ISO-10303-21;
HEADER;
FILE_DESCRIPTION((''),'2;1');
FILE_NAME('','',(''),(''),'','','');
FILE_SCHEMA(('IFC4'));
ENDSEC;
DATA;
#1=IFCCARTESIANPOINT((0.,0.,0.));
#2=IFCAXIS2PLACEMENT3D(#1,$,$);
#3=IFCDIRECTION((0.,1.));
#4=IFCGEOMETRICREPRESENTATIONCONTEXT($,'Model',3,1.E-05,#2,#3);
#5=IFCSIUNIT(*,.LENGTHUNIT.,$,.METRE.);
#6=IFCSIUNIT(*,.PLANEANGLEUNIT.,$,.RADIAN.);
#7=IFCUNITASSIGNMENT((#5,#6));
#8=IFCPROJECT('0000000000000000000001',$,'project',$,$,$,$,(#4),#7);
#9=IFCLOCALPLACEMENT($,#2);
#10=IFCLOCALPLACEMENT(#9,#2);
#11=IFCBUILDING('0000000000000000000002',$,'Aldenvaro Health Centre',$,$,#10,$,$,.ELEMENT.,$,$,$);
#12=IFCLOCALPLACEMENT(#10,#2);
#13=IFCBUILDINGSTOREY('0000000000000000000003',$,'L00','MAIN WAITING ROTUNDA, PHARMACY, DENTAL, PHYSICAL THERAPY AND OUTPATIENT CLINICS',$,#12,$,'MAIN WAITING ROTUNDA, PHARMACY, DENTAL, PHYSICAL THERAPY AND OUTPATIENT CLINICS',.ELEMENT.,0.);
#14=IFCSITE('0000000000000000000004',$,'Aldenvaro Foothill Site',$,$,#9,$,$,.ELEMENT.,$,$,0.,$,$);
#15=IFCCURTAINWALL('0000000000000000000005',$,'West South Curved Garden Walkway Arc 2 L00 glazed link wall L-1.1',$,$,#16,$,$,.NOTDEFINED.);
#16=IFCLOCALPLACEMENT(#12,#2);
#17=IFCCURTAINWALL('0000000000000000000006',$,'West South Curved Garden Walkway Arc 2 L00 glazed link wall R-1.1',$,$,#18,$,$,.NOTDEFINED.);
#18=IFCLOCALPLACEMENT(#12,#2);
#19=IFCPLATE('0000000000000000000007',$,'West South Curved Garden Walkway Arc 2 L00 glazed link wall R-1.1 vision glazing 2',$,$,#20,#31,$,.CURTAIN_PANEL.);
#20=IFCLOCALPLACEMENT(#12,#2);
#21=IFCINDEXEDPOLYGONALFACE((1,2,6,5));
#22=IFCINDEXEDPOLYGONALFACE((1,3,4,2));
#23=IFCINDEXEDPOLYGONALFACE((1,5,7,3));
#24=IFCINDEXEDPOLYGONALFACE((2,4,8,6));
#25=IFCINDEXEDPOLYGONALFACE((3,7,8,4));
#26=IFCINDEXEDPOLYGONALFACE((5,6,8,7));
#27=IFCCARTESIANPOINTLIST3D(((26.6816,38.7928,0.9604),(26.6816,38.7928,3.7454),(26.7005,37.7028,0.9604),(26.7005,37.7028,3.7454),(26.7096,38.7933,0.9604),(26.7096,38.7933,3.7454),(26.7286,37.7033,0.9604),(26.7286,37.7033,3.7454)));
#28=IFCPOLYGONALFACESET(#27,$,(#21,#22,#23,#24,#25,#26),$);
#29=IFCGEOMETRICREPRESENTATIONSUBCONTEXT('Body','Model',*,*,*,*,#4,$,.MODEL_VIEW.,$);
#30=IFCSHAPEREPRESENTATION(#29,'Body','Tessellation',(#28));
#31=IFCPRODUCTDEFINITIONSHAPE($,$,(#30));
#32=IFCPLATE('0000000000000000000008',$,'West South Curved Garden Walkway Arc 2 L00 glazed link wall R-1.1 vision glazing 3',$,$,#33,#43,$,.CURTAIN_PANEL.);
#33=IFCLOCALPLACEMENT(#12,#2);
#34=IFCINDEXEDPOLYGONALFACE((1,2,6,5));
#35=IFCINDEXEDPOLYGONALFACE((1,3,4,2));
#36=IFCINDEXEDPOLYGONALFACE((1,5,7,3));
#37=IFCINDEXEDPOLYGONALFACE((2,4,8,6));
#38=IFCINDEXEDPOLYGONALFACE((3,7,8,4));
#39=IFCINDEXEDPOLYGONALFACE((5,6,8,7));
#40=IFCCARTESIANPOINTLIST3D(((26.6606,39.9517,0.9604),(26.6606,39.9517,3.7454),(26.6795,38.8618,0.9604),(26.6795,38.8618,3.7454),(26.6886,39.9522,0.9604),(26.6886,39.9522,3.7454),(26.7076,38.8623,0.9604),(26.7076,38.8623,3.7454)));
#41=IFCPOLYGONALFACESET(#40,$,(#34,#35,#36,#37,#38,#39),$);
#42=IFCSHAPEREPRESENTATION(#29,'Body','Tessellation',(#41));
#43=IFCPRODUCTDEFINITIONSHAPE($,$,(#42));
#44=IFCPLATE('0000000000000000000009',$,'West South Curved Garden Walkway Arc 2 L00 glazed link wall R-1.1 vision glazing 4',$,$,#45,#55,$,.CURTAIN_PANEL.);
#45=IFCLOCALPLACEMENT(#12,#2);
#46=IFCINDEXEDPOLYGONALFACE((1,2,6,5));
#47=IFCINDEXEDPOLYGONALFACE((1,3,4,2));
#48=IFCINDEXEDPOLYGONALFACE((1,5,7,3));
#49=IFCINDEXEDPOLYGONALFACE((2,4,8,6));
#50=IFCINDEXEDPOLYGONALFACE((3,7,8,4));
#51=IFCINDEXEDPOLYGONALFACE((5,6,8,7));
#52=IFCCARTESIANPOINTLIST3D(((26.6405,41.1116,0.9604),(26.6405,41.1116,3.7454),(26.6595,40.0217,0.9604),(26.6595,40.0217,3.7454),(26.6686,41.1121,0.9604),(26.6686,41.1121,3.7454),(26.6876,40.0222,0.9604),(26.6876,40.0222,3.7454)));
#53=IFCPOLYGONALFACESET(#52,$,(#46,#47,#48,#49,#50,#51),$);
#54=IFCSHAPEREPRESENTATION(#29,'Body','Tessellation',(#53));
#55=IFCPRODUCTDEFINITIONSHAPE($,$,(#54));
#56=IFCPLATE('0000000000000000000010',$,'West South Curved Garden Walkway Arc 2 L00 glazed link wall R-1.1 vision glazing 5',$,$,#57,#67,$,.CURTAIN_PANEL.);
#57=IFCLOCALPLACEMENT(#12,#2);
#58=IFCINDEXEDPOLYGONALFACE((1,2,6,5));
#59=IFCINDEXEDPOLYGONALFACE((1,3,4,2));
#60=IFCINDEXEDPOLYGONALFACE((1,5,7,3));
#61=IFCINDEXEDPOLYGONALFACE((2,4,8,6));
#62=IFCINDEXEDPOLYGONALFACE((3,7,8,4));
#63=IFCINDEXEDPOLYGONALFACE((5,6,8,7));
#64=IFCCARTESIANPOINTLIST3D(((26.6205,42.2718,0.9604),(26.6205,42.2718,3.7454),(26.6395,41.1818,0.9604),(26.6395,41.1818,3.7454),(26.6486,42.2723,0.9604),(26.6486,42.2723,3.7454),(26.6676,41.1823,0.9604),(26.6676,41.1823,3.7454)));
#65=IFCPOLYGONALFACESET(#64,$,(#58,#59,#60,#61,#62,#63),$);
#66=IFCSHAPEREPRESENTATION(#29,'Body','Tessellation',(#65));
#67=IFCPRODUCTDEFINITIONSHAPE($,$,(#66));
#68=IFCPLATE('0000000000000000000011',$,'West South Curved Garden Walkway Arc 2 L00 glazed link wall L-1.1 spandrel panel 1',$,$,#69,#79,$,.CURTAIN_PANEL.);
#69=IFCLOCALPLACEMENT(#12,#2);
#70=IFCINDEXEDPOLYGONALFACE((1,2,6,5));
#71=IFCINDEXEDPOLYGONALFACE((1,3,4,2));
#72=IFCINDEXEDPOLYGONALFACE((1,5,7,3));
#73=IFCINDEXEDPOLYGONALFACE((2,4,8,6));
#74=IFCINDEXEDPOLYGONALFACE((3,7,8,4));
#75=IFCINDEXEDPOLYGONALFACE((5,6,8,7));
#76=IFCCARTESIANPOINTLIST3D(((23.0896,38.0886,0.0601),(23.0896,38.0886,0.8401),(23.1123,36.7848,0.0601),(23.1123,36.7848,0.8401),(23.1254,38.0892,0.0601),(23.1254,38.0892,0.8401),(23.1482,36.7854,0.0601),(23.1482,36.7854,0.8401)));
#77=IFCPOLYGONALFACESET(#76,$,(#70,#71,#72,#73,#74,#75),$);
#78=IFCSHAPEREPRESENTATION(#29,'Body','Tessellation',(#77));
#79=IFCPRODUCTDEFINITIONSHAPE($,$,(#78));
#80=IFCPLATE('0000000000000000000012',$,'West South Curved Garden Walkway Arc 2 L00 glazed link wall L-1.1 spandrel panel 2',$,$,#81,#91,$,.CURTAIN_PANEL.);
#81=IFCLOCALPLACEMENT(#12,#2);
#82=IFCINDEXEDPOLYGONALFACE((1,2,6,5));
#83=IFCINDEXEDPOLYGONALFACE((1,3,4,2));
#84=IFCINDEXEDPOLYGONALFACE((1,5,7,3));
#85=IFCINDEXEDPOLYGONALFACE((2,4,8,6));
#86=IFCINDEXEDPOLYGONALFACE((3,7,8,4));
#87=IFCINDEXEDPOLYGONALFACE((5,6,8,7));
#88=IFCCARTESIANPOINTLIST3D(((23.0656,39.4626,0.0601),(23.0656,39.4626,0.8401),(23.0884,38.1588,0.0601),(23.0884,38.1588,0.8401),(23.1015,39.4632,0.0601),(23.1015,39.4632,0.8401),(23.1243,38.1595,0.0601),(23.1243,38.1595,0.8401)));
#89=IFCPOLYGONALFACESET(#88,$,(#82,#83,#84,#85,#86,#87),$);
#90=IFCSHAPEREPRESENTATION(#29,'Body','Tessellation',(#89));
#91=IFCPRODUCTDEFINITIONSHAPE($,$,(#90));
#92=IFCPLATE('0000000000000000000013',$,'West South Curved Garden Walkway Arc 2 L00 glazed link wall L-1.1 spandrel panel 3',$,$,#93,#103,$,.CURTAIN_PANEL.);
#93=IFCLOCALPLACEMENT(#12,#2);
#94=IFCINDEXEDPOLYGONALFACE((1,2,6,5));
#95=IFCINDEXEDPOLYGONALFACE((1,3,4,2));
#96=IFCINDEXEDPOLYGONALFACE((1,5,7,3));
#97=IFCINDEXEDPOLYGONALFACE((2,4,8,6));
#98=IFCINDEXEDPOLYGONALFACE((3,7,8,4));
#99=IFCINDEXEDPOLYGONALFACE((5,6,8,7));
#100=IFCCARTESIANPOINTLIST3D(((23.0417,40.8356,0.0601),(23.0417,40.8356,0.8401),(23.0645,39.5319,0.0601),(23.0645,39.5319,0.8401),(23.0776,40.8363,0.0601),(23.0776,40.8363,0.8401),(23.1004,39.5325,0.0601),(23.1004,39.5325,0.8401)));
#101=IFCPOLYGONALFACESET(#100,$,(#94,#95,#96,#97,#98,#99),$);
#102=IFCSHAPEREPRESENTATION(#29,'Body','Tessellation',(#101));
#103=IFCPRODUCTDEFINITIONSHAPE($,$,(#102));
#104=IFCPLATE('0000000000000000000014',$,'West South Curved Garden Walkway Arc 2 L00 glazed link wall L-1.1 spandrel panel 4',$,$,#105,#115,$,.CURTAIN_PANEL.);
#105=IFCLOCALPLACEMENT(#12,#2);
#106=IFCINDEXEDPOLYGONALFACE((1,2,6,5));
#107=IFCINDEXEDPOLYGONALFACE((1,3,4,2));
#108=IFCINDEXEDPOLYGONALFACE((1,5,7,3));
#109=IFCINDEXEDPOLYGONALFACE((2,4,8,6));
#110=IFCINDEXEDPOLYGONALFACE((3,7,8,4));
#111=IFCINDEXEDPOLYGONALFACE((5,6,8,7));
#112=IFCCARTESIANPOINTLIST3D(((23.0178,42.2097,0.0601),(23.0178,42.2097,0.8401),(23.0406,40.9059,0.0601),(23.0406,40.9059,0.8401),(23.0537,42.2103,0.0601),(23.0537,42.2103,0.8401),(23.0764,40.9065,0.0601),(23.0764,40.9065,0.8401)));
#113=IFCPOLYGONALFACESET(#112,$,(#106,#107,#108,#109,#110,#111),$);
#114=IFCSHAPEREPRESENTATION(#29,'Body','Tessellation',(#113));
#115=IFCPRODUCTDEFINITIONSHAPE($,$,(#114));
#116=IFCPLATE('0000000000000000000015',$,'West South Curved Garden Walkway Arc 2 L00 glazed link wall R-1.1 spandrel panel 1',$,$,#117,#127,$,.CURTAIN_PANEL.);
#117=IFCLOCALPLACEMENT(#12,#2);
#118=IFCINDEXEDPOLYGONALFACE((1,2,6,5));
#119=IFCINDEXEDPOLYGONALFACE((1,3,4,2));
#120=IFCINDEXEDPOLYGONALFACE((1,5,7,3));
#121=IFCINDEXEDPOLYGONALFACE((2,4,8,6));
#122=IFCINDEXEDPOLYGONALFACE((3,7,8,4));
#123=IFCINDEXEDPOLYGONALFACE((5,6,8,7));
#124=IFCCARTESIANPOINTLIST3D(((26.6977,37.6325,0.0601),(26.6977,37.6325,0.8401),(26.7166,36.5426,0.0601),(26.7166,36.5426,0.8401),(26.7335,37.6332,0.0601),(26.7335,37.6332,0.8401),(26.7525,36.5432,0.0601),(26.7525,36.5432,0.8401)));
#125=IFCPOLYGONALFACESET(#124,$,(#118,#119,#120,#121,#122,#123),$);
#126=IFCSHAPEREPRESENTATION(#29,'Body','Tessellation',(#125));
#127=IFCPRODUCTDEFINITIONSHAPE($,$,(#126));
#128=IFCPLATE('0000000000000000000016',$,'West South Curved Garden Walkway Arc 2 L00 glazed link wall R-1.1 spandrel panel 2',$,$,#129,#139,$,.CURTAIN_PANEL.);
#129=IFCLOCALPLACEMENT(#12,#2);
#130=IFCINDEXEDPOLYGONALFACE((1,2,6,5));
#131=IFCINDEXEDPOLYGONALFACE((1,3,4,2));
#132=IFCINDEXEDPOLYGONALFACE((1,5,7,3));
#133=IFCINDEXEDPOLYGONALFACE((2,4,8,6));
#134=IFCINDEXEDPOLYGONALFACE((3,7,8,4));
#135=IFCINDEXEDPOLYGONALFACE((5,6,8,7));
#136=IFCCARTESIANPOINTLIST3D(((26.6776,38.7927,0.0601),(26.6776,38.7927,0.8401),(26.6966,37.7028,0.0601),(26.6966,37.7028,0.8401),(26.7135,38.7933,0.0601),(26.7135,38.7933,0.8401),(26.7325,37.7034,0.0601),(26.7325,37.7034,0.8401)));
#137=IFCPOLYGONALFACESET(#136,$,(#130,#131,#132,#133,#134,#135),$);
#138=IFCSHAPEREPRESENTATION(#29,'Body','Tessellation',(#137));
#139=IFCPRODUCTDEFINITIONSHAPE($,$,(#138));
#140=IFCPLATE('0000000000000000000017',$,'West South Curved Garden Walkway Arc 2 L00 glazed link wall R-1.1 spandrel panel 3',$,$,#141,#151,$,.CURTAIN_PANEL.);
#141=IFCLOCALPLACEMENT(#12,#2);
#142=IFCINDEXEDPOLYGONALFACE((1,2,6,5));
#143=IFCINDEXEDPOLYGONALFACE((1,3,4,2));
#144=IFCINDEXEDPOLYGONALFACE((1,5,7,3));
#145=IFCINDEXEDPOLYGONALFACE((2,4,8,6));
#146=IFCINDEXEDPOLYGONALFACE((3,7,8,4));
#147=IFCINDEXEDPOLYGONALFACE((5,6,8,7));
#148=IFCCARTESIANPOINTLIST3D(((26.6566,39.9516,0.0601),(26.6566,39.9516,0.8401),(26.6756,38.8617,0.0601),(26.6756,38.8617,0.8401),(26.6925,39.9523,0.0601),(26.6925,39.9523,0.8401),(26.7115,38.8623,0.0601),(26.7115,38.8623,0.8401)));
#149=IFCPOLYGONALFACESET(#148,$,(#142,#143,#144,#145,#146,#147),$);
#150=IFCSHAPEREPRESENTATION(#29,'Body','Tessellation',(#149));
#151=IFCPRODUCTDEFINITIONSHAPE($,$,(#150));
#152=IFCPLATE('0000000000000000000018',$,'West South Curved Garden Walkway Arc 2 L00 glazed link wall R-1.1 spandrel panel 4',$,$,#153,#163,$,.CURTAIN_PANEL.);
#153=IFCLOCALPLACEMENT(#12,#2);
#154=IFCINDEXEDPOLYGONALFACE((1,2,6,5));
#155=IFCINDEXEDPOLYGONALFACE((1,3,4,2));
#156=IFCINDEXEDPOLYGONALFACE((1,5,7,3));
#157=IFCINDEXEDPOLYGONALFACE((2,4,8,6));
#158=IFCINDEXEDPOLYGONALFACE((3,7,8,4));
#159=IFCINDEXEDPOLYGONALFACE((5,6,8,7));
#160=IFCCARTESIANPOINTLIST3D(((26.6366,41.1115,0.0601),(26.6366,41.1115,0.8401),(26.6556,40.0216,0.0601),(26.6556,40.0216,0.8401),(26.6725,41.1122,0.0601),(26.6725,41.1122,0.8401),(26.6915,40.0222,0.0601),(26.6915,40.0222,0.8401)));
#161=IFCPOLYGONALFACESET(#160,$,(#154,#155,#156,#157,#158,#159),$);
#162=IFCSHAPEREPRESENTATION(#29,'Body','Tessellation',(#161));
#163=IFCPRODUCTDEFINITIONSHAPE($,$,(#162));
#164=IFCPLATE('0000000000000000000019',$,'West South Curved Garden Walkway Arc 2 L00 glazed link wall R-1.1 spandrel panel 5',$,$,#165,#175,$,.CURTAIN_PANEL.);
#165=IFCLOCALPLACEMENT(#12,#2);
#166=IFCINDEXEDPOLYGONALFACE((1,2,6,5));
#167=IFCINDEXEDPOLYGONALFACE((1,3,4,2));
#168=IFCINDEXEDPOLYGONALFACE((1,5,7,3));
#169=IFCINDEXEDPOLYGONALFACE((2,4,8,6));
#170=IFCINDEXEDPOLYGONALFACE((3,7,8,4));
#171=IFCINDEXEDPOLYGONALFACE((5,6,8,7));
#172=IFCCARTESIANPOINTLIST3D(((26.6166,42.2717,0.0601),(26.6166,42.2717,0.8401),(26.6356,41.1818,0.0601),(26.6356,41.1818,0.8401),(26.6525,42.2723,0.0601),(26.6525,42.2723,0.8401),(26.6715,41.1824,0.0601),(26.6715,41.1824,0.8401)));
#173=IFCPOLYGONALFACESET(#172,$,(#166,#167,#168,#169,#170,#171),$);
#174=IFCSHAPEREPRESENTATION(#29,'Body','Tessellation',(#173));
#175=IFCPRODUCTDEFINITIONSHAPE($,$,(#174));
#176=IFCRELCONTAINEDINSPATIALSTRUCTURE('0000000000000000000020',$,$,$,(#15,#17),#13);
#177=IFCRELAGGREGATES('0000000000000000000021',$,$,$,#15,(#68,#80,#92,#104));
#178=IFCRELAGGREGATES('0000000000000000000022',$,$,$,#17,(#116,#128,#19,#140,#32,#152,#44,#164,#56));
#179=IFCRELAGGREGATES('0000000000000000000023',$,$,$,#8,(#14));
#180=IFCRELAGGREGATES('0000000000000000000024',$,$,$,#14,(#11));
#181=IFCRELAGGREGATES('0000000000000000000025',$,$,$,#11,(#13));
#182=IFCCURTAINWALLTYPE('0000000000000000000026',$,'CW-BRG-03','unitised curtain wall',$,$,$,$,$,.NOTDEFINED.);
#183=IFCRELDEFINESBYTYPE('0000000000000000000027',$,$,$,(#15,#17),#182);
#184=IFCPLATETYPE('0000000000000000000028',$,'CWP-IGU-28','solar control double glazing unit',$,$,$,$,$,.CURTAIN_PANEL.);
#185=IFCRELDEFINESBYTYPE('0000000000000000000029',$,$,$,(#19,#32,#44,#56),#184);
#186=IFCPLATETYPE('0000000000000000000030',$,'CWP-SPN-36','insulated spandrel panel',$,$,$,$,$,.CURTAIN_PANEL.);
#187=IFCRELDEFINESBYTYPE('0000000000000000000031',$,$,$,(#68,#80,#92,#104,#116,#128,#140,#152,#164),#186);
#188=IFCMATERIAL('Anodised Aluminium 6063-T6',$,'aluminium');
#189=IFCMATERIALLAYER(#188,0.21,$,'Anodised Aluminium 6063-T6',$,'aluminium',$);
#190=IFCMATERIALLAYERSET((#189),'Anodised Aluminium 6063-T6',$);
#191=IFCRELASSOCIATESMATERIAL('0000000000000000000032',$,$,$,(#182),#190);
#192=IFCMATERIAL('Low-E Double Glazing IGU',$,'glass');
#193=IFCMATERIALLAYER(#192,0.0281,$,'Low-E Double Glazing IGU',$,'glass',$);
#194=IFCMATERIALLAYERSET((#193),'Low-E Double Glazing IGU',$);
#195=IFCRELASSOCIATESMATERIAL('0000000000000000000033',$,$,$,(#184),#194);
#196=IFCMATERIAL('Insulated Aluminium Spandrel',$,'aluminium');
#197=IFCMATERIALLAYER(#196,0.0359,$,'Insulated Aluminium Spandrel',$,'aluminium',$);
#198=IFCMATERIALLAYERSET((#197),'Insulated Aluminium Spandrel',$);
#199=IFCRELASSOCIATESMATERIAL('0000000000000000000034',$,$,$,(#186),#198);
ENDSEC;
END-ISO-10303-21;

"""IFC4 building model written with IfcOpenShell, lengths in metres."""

from ifc_helpers import new_model, si_unit, direction, frame, origin, origin_2d, place, context, subcontext, project, spatial, rectangle, extrude, material, layer, layer_set, type_object, element, aggregate, save


model = new_model("IFC4")

# Units and contexts
model_context = context("Model", 3, precision=1e-05, world=origin(), true_north=direction((0.0, 1.0)))
body_context = subcontext(model_context, "Body", "Model", "MODEL_VIEW")
ifc_project = project(units=[si_unit("LENGTHUNIT", "METRE"), si_unit("PLANEANGLEUNIT", "RADIAN")], contexts=[model_context])

# Site, building, storey
site_placement = place(None, origin())
site = spatial("IfcSite", under=ifc_project, at=site_placement, Name="Aldenvaro Foothill Site", CompositionType="ELEMENT", RefElevation=0.0)
building_placement = place(site_placement, origin())
building = spatial("IfcBuilding", under=site, at=building_placement, Name="Aldenvaro Health Centre", CompositionType="ELEMENT")
storey_placement = place(building_placement, origin())
storey = spatial("IfcBuildingStorey", under=building, at=storey_placement, Name="L00", Description="MAIN WAITING ROTUNDA, PHARMACY, DENTAL, PHYSICAL THERAPY AND OUTPATIENT CLINICS", LongName="MAIN WAITING ROTUNDA, PHARMACY, DENTAL, PHYSICAL THERAPY AND OUTPATIENT CLINICS", CompositionType="ELEMENT", Elevation=0.0)

# Curtain walls
ifc_material_1 = material(Name="Anodised Aluminium 6063-T6", Category="aluminium")
ifc_layer_1 = layer(ifc_material_1, 0.21, Name="Anodised Aluminium 6063-T6", Category="aluminium")
ifc_layer_set_1 = layer_set([ifc_layer_1], Name="Anodised Aluminium 6063-T6")
curtain_wall_type = type_object("IfcCurtainWallType", Name="CW-BRG-03", Description="unitised curtain wall", PredefinedType="NOTDEFINED", material=ifc_layer_set_1)
curtain_wall_1_placement = place(storey_placement, origin())
curtain_wall_1 = element("IfcCurtainWall", 1, at=curtain_wall_1_placement, inside=storey, type_object=curtain_wall_type, Name="West South Curved Garden Walkway Arc 2 L00 glazed link wall L-1.1", PredefinedType="NOTDEFINED")
curtain_wall_2_placement = place(storey_placement, origin())
curtain_wall_2 = element("IfcCurtainWall", 2, at=curtain_wall_2_placement, inside=storey, type_object=curtain_wall_type, Name="West South Curved Garden Walkway Arc 2 L00 glazed link wall R-1.1", PredefinedType="NOTDEFINED")

# Plates
ifc_material_2 = material(Name="Low-E Double Glazing IGU", Category="glass")
ifc_layer_2 = layer(ifc_material_2, 0.0281, Name="Low-E Double Glazing IGU", Category="glass")
ifc_layer_set_2 = layer_set([ifc_layer_2], Name="Low-E Double Glazing IGU")
plate_type_1 = type_object("IfcPlateType", Name="CWP-IGU-28", Description="solar control double glazing unit", PredefinedType="CURTAIN_PANEL", material=ifc_layer_set_2)
plate_1_placement = place(storey_placement, frame((26.7051, 38.248, 0.9604), z_axis=(0.0, 0.0, 1.0), x_axis=(-0.017414, 0.999848, 0.0)))
plate_1 = element("IfcPlate", 3, at=plate_1_placement, type_object=plate_type_1, Name="West South Curved Garden Walkway Arc 2 L00 glazed link wall R-1.1 vision glazing 2", PredefinedType="CURTAIN_PANEL", context=body_context, shape_type="SweptSolid", body=[
    extrude(rectangle(XDim=1.0901, YDim=0.0281, at=origin_2d()), origin(), (0.0, 0.0, 1.0), 2.7849),
])
plate_2_placement = place(storey_placement, frame((26.6841, 39.407, 0.9604), z_axis=(0.0, 0.0, 1.0), x_axis=(-0.017414, 0.999848, 0.0)))
plate_2 = element("IfcPlate", 4, at=plate_2_placement, type_object=plate_type_1, Name="West South Curved Garden Walkway Arc 2 L00 glazed link wall R-1.1 vision glazing 3", PredefinedType="CURTAIN_PANEL", context=body_context, shape_type="SweptSolid", body=[
    extrude(rectangle(XDim=1.0901, YDim=0.0281, at=origin_2d()), origin(), (0.0, 0.0, 1.0), 2.7849),
])
plate_3_placement = place(storey_placement, frame((26.6641, 40.5669, 0.9604), z_axis=(0.0, 0.0, 1.0), x_axis=(-0.017414, 0.999848, 0.0)))
plate_3 = element("IfcPlate", 5, at=plate_3_placement, type_object=plate_type_1, Name="West South Curved Garden Walkway Arc 2 L00 glazed link wall R-1.1 vision glazing 4", PredefinedType="CURTAIN_PANEL", context=body_context, shape_type="SweptSolid", body=[
    extrude(rectangle(XDim=1.0901, YDim=0.0281, at=origin_2d()), origin(), (0.0, 0.0, 1.0), 2.7849),
])
plate_4_placement = place(storey_placement, frame((26.644, 41.7271, 0.9604), z_axis=(0.0, 0.0, 1.0), x_axis=(-0.017414, 0.999848, 0.0)))
plate_4 = element("IfcPlate", 6, at=plate_4_placement, type_object=plate_type_1, Name="West South Curved Garden Walkway Arc 2 L00 glazed link wall R-1.1 vision glazing 5", PredefinedType="CURTAIN_PANEL", context=body_context, shape_type="SweptSolid", body=[
    extrude(rectangle(XDim=1.0901, YDim=0.0281, at=origin_2d()), origin(), (0.0, 0.0, 1.0), 2.7849),
])
ifc_material_3 = material(Name="Insulated Aluminium Spandrel", Category="aluminium")
ifc_layer_3 = layer(ifc_material_3, 0.0359, Name="Insulated Aluminium Spandrel", Category="aluminium")
ifc_layer_set_3 = layer_set([ifc_layer_3], Name="Insulated Aluminium Spandrel")
plate_type_2 = type_object("IfcPlateType", Name="CWP-SPN-36", Description="insulated spandrel panel", PredefinedType="CURTAIN_PANEL", material=ifc_layer_set_3)
plate_5_placement = place(storey_placement, frame((23.1189, 37.437, 0.0601), z_axis=(0.0, 0.0, 1.0), x_axis=(-0.017468, 0.999847, 0.0)))
plate_5 = element("IfcPlate", 7, at=plate_5_placement, type_object=plate_type_2, Name="West South Curved Garden Walkway Arc 2 L00 glazed link wall L-1.1 spandrel panel 1", PredefinedType="CURTAIN_PANEL", context=body_context, shape_type="SweptSolid", body=[
    extrude(rectangle(XDim=1.304, YDim=0.0359, at=origin_2d()), origin(), (0.0, 0.0, 1.0), 0.78),
])
plate_6_placement = place(storey_placement, frame((23.095, 38.811, 0.0601), z_axis=(0.0, 0.0, 1.0), x_axis=(-0.017468, 0.999847, 0.0)))
plate_6 = element("IfcPlate", 8, at=plate_6_placement, type_object=plate_type_2, Name="West South Curved Garden Walkway Arc 2 L00 glazed link wall L-1.1 spandrel panel 2", PredefinedType="CURTAIN_PANEL", context=body_context, shape_type="SweptSolid", body=[
    extrude(rectangle(XDim=1.304, YDim=0.0359, at=origin_2d()), origin(), (0.0, 0.0, 1.0), 0.78),
])
plate_7_placement = place(storey_placement, frame((23.071, 40.1841, 0.0601), z_axis=(0.0, 0.0, 1.0), x_axis=(-0.017468, 0.999847, 0.0)))
plate_7 = element("IfcPlate", 9, at=plate_7_placement, type_object=plate_type_2, Name="West South Curved Garden Walkway Arc 2 L00 glazed link wall L-1.1 spandrel panel 3", PredefinedType="CURTAIN_PANEL", context=body_context, shape_type="SweptSolid", body=[
    extrude(rectangle(XDim=1.304, YDim=0.0359, at=origin_2d()), origin(), (0.0, 0.0, 1.0), 0.78),
])
plate_8_placement = place(storey_placement, frame((23.0471, 41.5581, 0.0601), z_axis=(0.0, 0.0, 1.0), x_axis=(-0.017468, 0.999847, 0.0)))
plate_8 = element("IfcPlate", 10, at=plate_8_placement, type_object=plate_type_2, Name="West South Curved Garden Walkway Arc 2 L00 glazed link wall L-1.1 spandrel panel 4", PredefinedType="CURTAIN_PANEL", context=body_context, shape_type="SweptSolid", body=[
    extrude(rectangle(XDim=1.304, YDim=0.0359, at=origin_2d()), origin(), (0.0, 0.0, 1.0), 0.78),
])
aggregate(curtain_wall_1, [plate_5, plate_6, plate_7, plate_8])
plate_9_placement = place(storey_placement, frame((26.7251, 37.0879, 0.0601), z_axis=(0.0, 0.0, 1.0), x_axis=(-0.017414, 0.999848, 0.0)))
plate_9 = element("IfcPlate", 11, at=plate_9_placement, type_object=plate_type_2, Name="West South Curved Garden Walkway Arc 2 L00 glazed link wall R-1.1 spandrel panel 1", PredefinedType="CURTAIN_PANEL", context=body_context, shape_type="SweptSolid", body=[
    extrude(rectangle(XDim=1.0901, YDim=0.0359, at=origin_2d()), origin(), (0.0, 0.0, 1.0), 0.78),
])
plate_10_placement = place(storey_placement, frame((26.7051, 38.248, 0.0601), z_axis=(0.0, 0.0, 1.0), x_axis=(-0.017414, 0.999848, 0.0)))
plate_10 = element("IfcPlate", 12, at=plate_10_placement, type_object=plate_type_2, Name="West South Curved Garden Walkway Arc 2 L00 glazed link wall R-1.1 spandrel panel 2", PredefinedType="CURTAIN_PANEL", context=body_context, shape_type="SweptSolid", body=[
    extrude(rectangle(XDim=1.0901, YDim=0.0359, at=origin_2d()), origin(), (0.0, 0.0, 1.0), 0.78),
])
plate_11_placement = place(storey_placement, frame((26.6841, 39.407, 0.0601), z_axis=(0.0, 0.0, 1.0), x_axis=(-0.017414, 0.999848, 0.0)))
plate_11 = element("IfcPlate", 13, at=plate_11_placement, type_object=plate_type_2, Name="West South Curved Garden Walkway Arc 2 L00 glazed link wall R-1.1 spandrel panel 3", PredefinedType="CURTAIN_PANEL", context=body_context, shape_type="SweptSolid", body=[
    extrude(rectangle(XDim=1.0901, YDim=0.0359, at=origin_2d()), origin(), (0.0, 0.0, 1.0), 0.78),
])
plate_12_placement = place(storey_placement, frame((26.6641, 40.5669, 0.0601), z_axis=(0.0, 0.0, 1.0), x_axis=(-0.017414, 0.999848, 0.0)))
plate_12 = element("IfcPlate", 14, at=plate_12_placement, type_object=plate_type_2, Name="West South Curved Garden Walkway Arc 2 L00 glazed link wall R-1.1 spandrel panel 4", PredefinedType="CURTAIN_PANEL", context=body_context, shape_type="SweptSolid", body=[
    extrude(rectangle(XDim=1.0901, YDim=0.0359, at=origin_2d()), origin(), (0.0, 0.0, 1.0), 0.78),
])
plate_13_placement = place(storey_placement, frame((26.644, 41.7271, 0.0601), z_axis=(0.0, 0.0, 1.0), x_axis=(-0.017414, 0.999848, 0.0)))
plate_13 = element("IfcPlate", 15, at=plate_13_placement, type_object=plate_type_2, Name="West South Curved Garden Walkway Arc 2 L00 glazed link wall R-1.1 spandrel panel 5", PredefinedType="CURTAIN_PANEL", context=body_context, shape_type="SweptSolid", body=[
    extrude(rectangle(XDim=1.0901, YDim=0.0359, at=origin_2d()), origin(), (0.0, 0.0, 1.0), 0.78),
])
aggregate(curtain_wall_2, [plate_9, plate_10, plate_1, plate_11, plate_2, plate_12, plate_3, plate_13, plate_4])

save(model, "model.ifc")
